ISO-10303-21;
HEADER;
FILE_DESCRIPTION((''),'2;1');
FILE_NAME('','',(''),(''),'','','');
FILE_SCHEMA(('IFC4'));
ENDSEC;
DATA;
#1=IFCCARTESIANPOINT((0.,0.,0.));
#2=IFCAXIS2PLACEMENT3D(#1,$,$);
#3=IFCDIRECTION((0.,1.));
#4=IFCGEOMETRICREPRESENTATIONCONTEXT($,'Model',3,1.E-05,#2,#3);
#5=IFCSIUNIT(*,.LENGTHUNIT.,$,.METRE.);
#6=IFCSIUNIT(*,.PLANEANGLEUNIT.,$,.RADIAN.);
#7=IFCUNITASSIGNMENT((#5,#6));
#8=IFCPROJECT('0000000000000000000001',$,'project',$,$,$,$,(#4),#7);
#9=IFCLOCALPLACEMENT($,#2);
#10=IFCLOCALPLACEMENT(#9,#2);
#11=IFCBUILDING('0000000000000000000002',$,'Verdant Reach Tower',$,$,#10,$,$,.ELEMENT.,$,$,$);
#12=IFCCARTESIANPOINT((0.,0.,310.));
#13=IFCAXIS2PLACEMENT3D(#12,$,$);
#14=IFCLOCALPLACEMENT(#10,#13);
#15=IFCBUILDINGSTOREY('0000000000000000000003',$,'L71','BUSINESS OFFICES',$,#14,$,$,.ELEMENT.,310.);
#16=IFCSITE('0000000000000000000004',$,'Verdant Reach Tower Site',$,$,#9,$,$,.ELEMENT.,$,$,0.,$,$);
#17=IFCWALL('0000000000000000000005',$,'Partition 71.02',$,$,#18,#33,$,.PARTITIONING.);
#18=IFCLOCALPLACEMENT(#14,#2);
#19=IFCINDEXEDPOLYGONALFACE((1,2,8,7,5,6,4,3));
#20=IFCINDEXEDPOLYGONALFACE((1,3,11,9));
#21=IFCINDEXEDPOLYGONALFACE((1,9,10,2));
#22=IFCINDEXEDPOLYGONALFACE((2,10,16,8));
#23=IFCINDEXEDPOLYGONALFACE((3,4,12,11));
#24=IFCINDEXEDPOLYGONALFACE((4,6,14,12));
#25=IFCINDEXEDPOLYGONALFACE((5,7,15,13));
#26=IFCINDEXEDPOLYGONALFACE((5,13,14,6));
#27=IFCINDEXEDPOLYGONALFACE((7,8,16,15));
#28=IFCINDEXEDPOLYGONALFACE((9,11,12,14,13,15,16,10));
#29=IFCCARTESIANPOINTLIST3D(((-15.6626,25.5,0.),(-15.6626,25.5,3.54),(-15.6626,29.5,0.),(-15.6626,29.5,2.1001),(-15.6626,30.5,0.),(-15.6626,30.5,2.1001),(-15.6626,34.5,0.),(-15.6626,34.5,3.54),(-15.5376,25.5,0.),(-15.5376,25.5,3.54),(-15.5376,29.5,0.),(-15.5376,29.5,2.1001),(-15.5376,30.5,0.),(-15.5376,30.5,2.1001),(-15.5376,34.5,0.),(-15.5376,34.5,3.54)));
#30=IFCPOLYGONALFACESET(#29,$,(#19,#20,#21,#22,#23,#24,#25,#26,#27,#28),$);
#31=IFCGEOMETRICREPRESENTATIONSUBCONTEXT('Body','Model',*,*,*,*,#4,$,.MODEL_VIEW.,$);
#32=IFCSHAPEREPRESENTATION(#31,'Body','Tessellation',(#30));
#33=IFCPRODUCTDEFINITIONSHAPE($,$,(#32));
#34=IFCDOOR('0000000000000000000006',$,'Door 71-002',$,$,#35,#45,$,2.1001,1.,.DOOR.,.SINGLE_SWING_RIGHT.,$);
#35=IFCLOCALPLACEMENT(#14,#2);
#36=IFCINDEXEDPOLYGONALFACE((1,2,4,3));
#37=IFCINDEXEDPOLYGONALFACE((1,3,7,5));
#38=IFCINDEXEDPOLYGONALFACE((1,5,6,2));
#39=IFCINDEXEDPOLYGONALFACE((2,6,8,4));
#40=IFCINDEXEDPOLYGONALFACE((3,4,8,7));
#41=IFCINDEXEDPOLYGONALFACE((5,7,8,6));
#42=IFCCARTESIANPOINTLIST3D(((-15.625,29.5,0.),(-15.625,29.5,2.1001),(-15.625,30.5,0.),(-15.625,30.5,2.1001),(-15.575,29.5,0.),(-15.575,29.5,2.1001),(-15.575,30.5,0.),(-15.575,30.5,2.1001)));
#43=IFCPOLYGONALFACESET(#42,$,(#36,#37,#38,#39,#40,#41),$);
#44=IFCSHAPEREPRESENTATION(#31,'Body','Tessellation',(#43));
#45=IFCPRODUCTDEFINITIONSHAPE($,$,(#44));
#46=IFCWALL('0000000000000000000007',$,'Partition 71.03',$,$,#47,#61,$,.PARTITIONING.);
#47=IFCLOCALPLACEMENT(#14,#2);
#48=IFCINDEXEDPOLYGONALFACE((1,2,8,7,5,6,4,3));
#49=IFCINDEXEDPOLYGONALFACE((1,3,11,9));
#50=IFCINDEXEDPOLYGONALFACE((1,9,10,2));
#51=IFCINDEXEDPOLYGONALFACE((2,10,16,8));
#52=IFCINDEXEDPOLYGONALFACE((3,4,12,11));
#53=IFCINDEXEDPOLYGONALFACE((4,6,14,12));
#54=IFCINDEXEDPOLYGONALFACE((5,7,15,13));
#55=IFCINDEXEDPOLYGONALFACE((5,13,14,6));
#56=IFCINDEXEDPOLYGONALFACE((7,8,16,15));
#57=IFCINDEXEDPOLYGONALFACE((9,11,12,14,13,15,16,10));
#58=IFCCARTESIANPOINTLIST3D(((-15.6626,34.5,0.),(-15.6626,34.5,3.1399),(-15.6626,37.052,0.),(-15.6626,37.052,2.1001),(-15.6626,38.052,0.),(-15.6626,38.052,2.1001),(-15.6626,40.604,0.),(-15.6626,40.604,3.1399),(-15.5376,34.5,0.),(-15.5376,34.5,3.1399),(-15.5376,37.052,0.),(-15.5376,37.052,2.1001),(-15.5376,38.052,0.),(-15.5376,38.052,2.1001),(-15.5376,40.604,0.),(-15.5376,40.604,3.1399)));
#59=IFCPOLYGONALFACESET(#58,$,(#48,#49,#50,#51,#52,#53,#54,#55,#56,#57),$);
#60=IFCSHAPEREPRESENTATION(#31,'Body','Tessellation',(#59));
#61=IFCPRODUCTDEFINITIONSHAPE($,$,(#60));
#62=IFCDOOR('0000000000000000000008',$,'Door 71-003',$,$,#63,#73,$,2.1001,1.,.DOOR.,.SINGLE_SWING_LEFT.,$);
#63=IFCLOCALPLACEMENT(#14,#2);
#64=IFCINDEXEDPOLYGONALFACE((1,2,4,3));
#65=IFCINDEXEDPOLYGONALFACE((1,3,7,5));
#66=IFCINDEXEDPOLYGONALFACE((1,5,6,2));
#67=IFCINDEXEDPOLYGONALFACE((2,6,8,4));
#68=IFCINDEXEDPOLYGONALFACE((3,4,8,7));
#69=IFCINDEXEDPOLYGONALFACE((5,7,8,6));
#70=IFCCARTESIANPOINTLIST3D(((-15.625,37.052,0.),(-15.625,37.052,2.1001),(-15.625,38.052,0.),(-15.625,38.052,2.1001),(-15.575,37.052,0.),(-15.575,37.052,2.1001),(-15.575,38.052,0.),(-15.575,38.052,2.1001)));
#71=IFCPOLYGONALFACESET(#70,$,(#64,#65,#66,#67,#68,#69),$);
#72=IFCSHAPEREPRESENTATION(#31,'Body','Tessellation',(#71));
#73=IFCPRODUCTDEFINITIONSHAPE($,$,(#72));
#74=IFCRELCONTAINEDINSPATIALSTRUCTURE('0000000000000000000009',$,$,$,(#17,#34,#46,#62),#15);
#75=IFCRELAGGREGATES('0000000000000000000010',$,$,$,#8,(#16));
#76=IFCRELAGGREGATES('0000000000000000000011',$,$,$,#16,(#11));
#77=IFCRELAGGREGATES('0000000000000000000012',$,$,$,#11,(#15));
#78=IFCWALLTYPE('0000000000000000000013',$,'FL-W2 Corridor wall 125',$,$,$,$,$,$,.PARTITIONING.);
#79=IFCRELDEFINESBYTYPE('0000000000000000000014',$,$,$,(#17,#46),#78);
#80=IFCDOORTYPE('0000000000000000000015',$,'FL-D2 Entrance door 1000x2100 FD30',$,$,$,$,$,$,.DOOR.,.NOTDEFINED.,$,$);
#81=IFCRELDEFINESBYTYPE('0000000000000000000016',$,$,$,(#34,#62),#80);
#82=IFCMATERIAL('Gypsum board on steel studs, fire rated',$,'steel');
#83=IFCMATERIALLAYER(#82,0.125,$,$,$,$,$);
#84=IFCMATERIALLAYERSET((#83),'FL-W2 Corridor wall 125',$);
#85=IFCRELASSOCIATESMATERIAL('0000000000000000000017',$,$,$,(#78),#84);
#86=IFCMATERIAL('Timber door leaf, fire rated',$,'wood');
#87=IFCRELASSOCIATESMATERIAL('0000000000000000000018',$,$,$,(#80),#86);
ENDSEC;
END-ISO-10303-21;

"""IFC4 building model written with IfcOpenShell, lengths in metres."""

from ifc_helpers import new_model, si_unit, direction, frame, frame_2d, origin, place, context, subcontext, project, spatial, rectangle, extrude, material, layer, layer_set, type_object, element, fill, save


model = new_model("IFC4")

# Units and contexts
model_context = context("Model", 3, precision=1e-05, world=origin(), true_north=direction((0.0, 1.0)))
body_context = subcontext(model_context, "Body", "Model", "MODEL_VIEW")
ifc_project = project(units=[si_unit("LENGTHUNIT", "METRE"), si_unit("PLANEANGLEUNIT", "RADIAN")], contexts=[model_context])

# Site, building, storey
site_placement = place(None, origin())
site = spatial("IfcSite", under=ifc_project, at=site_placement, Name="Verdant Reach Tower Site", CompositionType="ELEMENT", RefElevation=0.0)
building_placement = place(site_placement, origin())
building = spatial("IfcBuilding", under=site, at=building_placement, Name="Verdant Reach Tower", CompositionType="ELEMENT")
storey_placement = place(building_placement, frame((0.0, 0.0, 310.0)))
storey = spatial("IfcBuildingStorey", under=building, at=storey_placement, Name="L71", Description="BUSINESS OFFICES", CompositionType="ELEMENT", Elevation=310.0)

# Walls, openings, doors
ifc_material_1 = material(Name="Gypsum board on steel studs, fire rated", Category="steel")
ifc_layer_1 = layer(ifc_material_1, 0.125)
ifc_layer_set_1 = layer_set([ifc_layer_1], Name="FL-W2 Corridor wall 125")
wall_type_1 = type_object("IfcWallType", Name="FL-W2 Corridor wall 125", PredefinedType="PARTITIONING", material=ifc_layer_set_1)
wall_1_placement = place(storey_placement, frame((-15.6001, 25.5, 0.0), z_axis=(0.0, 0.0, 1.0), x_axis=(0.0, 1.0, 0.0)))
wall_1 = element("IfcWall", 1, at=wall_1_placement, inside=storey, type_object=wall_type_1, Name="Partition 71.02", PredefinedType="PARTITIONING", context=body_context, shape_type="SweptSolid", body=[
    extrude(rectangle(XDim=9.0, YDim=0.125, at=frame_2d((4.5, 0.0))), origin(), (0.0, 0.0, 1.0), 3.54),
])
opening_1_placement = place(wall_1_placement, frame((4.0, 0.0, 0.0)))
opening_1 = element("IfcOpeningElement", 2, at=opening_1_placement, cuts=wall_1, PredefinedType="OPENING", context=body_context, shape_type="SweptSolid", body=[
    extrude(rectangle(XDim=1.0, YDim=2.1001, at=frame_2d((0.5, 1.05))), frame((0.0, 0.0725, 0.0), z_axis=(0.0, -1.0, 0.0), x_axis=(1.0, 0.0, 0.0)), (0.0, 0.0, 1.0), 0.145),
])
ifc_material_2 = material(Name="Timber door leaf, fire rated", Category="wood")
door_type_1 = type_object("IfcDoorType", Name="FL-D2 Entrance door 1000x2100 FD30", OperationType="NOTDEFINED", PredefinedType="DOOR", material=ifc_material_2)
door_1_placement = place(opening_1_placement, origin())
door_1 = element("IfcDoor", 3, at=door_1_placement, inside=storey, type_object=door_type_1, Name="Door 71-002", OperationType="SINGLE_SWING_RIGHT", OverallHeight=2.1001, OverallWidth=1.0, PredefinedType="DOOR", context=body_context, shape_type="SweptSolid", body=[
    extrude(rectangle(XDim=1.0, YDim=2.1001, at=frame_2d((0.5, 1.05))), frame((0.0, 0.0249, 0.0), z_axis=(0.0, -1.0, 0.0), x_axis=(1.0, 0.0, 0.0)), (0.0, 0.0, 1.0), 0.05),
])
fill(opening_1, door_1)
wall_2_placement = place(storey_placement, frame((-15.6001, 34.5, 0.0), z_axis=(0.0, 0.0, 1.0), x_axis=(0.0, 1.0, 0.0)))
wall_2 = element("IfcWall", 4, at=wall_2_placement, inside=storey, type_object=wall_type_1, Name="Partition 71.03", PredefinedType="PARTITIONING", context=body_context, shape_type="SweptSolid", body=[
    extrude(rectangle(XDim=6.104, YDim=0.125, at=frame_2d((3.052, 0.0))), origin(), (0.0, 0.0, 1.0), 3.1399),
])
opening_2_placement = place(wall_2_placement, frame((2.552, 0.0, 0.0)))
opening_2 = element("IfcOpeningElement", 5, at=opening_2_placement, cuts=wall_2, PredefinedType="OPENING", context=body_context, shape_type="SweptSolid", body=[
    extrude(rectangle(XDim=1.0, YDim=2.1001, at=frame_2d((0.5, 1.05))), frame((0.0, 0.0725, 0.0), z_axis=(0.0, -1.0, 0.0), x_axis=(1.0, 0.0, 0.0)), (0.0, 0.0, 1.0), 0.145),
])
door_2_placement = place(opening_2_placement, origin())
door_2 = element("IfcDoor", 6, at=door_2_placement, inside=storey, type_object=door_type_1, Name="Door 71-003", OperationType="SINGLE_SWING_LEFT", OverallHeight=2.1001, OverallWidth=1.0, PredefinedType="DOOR", context=body_context, shape_type="SweptSolid", body=[
    extrude(rectangle(XDim=1.0, YDim=2.1001, at=frame_2d((0.5, 1.05))), frame((0.0, 0.0249, 0.0), z_axis=(0.0, -1.0, 0.0), x_axis=(1.0, 0.0, 0.0)), (0.0, 0.0, 1.0), 0.05),
])
fill(opening_2, door_2)

save(model, "model.ifc")
